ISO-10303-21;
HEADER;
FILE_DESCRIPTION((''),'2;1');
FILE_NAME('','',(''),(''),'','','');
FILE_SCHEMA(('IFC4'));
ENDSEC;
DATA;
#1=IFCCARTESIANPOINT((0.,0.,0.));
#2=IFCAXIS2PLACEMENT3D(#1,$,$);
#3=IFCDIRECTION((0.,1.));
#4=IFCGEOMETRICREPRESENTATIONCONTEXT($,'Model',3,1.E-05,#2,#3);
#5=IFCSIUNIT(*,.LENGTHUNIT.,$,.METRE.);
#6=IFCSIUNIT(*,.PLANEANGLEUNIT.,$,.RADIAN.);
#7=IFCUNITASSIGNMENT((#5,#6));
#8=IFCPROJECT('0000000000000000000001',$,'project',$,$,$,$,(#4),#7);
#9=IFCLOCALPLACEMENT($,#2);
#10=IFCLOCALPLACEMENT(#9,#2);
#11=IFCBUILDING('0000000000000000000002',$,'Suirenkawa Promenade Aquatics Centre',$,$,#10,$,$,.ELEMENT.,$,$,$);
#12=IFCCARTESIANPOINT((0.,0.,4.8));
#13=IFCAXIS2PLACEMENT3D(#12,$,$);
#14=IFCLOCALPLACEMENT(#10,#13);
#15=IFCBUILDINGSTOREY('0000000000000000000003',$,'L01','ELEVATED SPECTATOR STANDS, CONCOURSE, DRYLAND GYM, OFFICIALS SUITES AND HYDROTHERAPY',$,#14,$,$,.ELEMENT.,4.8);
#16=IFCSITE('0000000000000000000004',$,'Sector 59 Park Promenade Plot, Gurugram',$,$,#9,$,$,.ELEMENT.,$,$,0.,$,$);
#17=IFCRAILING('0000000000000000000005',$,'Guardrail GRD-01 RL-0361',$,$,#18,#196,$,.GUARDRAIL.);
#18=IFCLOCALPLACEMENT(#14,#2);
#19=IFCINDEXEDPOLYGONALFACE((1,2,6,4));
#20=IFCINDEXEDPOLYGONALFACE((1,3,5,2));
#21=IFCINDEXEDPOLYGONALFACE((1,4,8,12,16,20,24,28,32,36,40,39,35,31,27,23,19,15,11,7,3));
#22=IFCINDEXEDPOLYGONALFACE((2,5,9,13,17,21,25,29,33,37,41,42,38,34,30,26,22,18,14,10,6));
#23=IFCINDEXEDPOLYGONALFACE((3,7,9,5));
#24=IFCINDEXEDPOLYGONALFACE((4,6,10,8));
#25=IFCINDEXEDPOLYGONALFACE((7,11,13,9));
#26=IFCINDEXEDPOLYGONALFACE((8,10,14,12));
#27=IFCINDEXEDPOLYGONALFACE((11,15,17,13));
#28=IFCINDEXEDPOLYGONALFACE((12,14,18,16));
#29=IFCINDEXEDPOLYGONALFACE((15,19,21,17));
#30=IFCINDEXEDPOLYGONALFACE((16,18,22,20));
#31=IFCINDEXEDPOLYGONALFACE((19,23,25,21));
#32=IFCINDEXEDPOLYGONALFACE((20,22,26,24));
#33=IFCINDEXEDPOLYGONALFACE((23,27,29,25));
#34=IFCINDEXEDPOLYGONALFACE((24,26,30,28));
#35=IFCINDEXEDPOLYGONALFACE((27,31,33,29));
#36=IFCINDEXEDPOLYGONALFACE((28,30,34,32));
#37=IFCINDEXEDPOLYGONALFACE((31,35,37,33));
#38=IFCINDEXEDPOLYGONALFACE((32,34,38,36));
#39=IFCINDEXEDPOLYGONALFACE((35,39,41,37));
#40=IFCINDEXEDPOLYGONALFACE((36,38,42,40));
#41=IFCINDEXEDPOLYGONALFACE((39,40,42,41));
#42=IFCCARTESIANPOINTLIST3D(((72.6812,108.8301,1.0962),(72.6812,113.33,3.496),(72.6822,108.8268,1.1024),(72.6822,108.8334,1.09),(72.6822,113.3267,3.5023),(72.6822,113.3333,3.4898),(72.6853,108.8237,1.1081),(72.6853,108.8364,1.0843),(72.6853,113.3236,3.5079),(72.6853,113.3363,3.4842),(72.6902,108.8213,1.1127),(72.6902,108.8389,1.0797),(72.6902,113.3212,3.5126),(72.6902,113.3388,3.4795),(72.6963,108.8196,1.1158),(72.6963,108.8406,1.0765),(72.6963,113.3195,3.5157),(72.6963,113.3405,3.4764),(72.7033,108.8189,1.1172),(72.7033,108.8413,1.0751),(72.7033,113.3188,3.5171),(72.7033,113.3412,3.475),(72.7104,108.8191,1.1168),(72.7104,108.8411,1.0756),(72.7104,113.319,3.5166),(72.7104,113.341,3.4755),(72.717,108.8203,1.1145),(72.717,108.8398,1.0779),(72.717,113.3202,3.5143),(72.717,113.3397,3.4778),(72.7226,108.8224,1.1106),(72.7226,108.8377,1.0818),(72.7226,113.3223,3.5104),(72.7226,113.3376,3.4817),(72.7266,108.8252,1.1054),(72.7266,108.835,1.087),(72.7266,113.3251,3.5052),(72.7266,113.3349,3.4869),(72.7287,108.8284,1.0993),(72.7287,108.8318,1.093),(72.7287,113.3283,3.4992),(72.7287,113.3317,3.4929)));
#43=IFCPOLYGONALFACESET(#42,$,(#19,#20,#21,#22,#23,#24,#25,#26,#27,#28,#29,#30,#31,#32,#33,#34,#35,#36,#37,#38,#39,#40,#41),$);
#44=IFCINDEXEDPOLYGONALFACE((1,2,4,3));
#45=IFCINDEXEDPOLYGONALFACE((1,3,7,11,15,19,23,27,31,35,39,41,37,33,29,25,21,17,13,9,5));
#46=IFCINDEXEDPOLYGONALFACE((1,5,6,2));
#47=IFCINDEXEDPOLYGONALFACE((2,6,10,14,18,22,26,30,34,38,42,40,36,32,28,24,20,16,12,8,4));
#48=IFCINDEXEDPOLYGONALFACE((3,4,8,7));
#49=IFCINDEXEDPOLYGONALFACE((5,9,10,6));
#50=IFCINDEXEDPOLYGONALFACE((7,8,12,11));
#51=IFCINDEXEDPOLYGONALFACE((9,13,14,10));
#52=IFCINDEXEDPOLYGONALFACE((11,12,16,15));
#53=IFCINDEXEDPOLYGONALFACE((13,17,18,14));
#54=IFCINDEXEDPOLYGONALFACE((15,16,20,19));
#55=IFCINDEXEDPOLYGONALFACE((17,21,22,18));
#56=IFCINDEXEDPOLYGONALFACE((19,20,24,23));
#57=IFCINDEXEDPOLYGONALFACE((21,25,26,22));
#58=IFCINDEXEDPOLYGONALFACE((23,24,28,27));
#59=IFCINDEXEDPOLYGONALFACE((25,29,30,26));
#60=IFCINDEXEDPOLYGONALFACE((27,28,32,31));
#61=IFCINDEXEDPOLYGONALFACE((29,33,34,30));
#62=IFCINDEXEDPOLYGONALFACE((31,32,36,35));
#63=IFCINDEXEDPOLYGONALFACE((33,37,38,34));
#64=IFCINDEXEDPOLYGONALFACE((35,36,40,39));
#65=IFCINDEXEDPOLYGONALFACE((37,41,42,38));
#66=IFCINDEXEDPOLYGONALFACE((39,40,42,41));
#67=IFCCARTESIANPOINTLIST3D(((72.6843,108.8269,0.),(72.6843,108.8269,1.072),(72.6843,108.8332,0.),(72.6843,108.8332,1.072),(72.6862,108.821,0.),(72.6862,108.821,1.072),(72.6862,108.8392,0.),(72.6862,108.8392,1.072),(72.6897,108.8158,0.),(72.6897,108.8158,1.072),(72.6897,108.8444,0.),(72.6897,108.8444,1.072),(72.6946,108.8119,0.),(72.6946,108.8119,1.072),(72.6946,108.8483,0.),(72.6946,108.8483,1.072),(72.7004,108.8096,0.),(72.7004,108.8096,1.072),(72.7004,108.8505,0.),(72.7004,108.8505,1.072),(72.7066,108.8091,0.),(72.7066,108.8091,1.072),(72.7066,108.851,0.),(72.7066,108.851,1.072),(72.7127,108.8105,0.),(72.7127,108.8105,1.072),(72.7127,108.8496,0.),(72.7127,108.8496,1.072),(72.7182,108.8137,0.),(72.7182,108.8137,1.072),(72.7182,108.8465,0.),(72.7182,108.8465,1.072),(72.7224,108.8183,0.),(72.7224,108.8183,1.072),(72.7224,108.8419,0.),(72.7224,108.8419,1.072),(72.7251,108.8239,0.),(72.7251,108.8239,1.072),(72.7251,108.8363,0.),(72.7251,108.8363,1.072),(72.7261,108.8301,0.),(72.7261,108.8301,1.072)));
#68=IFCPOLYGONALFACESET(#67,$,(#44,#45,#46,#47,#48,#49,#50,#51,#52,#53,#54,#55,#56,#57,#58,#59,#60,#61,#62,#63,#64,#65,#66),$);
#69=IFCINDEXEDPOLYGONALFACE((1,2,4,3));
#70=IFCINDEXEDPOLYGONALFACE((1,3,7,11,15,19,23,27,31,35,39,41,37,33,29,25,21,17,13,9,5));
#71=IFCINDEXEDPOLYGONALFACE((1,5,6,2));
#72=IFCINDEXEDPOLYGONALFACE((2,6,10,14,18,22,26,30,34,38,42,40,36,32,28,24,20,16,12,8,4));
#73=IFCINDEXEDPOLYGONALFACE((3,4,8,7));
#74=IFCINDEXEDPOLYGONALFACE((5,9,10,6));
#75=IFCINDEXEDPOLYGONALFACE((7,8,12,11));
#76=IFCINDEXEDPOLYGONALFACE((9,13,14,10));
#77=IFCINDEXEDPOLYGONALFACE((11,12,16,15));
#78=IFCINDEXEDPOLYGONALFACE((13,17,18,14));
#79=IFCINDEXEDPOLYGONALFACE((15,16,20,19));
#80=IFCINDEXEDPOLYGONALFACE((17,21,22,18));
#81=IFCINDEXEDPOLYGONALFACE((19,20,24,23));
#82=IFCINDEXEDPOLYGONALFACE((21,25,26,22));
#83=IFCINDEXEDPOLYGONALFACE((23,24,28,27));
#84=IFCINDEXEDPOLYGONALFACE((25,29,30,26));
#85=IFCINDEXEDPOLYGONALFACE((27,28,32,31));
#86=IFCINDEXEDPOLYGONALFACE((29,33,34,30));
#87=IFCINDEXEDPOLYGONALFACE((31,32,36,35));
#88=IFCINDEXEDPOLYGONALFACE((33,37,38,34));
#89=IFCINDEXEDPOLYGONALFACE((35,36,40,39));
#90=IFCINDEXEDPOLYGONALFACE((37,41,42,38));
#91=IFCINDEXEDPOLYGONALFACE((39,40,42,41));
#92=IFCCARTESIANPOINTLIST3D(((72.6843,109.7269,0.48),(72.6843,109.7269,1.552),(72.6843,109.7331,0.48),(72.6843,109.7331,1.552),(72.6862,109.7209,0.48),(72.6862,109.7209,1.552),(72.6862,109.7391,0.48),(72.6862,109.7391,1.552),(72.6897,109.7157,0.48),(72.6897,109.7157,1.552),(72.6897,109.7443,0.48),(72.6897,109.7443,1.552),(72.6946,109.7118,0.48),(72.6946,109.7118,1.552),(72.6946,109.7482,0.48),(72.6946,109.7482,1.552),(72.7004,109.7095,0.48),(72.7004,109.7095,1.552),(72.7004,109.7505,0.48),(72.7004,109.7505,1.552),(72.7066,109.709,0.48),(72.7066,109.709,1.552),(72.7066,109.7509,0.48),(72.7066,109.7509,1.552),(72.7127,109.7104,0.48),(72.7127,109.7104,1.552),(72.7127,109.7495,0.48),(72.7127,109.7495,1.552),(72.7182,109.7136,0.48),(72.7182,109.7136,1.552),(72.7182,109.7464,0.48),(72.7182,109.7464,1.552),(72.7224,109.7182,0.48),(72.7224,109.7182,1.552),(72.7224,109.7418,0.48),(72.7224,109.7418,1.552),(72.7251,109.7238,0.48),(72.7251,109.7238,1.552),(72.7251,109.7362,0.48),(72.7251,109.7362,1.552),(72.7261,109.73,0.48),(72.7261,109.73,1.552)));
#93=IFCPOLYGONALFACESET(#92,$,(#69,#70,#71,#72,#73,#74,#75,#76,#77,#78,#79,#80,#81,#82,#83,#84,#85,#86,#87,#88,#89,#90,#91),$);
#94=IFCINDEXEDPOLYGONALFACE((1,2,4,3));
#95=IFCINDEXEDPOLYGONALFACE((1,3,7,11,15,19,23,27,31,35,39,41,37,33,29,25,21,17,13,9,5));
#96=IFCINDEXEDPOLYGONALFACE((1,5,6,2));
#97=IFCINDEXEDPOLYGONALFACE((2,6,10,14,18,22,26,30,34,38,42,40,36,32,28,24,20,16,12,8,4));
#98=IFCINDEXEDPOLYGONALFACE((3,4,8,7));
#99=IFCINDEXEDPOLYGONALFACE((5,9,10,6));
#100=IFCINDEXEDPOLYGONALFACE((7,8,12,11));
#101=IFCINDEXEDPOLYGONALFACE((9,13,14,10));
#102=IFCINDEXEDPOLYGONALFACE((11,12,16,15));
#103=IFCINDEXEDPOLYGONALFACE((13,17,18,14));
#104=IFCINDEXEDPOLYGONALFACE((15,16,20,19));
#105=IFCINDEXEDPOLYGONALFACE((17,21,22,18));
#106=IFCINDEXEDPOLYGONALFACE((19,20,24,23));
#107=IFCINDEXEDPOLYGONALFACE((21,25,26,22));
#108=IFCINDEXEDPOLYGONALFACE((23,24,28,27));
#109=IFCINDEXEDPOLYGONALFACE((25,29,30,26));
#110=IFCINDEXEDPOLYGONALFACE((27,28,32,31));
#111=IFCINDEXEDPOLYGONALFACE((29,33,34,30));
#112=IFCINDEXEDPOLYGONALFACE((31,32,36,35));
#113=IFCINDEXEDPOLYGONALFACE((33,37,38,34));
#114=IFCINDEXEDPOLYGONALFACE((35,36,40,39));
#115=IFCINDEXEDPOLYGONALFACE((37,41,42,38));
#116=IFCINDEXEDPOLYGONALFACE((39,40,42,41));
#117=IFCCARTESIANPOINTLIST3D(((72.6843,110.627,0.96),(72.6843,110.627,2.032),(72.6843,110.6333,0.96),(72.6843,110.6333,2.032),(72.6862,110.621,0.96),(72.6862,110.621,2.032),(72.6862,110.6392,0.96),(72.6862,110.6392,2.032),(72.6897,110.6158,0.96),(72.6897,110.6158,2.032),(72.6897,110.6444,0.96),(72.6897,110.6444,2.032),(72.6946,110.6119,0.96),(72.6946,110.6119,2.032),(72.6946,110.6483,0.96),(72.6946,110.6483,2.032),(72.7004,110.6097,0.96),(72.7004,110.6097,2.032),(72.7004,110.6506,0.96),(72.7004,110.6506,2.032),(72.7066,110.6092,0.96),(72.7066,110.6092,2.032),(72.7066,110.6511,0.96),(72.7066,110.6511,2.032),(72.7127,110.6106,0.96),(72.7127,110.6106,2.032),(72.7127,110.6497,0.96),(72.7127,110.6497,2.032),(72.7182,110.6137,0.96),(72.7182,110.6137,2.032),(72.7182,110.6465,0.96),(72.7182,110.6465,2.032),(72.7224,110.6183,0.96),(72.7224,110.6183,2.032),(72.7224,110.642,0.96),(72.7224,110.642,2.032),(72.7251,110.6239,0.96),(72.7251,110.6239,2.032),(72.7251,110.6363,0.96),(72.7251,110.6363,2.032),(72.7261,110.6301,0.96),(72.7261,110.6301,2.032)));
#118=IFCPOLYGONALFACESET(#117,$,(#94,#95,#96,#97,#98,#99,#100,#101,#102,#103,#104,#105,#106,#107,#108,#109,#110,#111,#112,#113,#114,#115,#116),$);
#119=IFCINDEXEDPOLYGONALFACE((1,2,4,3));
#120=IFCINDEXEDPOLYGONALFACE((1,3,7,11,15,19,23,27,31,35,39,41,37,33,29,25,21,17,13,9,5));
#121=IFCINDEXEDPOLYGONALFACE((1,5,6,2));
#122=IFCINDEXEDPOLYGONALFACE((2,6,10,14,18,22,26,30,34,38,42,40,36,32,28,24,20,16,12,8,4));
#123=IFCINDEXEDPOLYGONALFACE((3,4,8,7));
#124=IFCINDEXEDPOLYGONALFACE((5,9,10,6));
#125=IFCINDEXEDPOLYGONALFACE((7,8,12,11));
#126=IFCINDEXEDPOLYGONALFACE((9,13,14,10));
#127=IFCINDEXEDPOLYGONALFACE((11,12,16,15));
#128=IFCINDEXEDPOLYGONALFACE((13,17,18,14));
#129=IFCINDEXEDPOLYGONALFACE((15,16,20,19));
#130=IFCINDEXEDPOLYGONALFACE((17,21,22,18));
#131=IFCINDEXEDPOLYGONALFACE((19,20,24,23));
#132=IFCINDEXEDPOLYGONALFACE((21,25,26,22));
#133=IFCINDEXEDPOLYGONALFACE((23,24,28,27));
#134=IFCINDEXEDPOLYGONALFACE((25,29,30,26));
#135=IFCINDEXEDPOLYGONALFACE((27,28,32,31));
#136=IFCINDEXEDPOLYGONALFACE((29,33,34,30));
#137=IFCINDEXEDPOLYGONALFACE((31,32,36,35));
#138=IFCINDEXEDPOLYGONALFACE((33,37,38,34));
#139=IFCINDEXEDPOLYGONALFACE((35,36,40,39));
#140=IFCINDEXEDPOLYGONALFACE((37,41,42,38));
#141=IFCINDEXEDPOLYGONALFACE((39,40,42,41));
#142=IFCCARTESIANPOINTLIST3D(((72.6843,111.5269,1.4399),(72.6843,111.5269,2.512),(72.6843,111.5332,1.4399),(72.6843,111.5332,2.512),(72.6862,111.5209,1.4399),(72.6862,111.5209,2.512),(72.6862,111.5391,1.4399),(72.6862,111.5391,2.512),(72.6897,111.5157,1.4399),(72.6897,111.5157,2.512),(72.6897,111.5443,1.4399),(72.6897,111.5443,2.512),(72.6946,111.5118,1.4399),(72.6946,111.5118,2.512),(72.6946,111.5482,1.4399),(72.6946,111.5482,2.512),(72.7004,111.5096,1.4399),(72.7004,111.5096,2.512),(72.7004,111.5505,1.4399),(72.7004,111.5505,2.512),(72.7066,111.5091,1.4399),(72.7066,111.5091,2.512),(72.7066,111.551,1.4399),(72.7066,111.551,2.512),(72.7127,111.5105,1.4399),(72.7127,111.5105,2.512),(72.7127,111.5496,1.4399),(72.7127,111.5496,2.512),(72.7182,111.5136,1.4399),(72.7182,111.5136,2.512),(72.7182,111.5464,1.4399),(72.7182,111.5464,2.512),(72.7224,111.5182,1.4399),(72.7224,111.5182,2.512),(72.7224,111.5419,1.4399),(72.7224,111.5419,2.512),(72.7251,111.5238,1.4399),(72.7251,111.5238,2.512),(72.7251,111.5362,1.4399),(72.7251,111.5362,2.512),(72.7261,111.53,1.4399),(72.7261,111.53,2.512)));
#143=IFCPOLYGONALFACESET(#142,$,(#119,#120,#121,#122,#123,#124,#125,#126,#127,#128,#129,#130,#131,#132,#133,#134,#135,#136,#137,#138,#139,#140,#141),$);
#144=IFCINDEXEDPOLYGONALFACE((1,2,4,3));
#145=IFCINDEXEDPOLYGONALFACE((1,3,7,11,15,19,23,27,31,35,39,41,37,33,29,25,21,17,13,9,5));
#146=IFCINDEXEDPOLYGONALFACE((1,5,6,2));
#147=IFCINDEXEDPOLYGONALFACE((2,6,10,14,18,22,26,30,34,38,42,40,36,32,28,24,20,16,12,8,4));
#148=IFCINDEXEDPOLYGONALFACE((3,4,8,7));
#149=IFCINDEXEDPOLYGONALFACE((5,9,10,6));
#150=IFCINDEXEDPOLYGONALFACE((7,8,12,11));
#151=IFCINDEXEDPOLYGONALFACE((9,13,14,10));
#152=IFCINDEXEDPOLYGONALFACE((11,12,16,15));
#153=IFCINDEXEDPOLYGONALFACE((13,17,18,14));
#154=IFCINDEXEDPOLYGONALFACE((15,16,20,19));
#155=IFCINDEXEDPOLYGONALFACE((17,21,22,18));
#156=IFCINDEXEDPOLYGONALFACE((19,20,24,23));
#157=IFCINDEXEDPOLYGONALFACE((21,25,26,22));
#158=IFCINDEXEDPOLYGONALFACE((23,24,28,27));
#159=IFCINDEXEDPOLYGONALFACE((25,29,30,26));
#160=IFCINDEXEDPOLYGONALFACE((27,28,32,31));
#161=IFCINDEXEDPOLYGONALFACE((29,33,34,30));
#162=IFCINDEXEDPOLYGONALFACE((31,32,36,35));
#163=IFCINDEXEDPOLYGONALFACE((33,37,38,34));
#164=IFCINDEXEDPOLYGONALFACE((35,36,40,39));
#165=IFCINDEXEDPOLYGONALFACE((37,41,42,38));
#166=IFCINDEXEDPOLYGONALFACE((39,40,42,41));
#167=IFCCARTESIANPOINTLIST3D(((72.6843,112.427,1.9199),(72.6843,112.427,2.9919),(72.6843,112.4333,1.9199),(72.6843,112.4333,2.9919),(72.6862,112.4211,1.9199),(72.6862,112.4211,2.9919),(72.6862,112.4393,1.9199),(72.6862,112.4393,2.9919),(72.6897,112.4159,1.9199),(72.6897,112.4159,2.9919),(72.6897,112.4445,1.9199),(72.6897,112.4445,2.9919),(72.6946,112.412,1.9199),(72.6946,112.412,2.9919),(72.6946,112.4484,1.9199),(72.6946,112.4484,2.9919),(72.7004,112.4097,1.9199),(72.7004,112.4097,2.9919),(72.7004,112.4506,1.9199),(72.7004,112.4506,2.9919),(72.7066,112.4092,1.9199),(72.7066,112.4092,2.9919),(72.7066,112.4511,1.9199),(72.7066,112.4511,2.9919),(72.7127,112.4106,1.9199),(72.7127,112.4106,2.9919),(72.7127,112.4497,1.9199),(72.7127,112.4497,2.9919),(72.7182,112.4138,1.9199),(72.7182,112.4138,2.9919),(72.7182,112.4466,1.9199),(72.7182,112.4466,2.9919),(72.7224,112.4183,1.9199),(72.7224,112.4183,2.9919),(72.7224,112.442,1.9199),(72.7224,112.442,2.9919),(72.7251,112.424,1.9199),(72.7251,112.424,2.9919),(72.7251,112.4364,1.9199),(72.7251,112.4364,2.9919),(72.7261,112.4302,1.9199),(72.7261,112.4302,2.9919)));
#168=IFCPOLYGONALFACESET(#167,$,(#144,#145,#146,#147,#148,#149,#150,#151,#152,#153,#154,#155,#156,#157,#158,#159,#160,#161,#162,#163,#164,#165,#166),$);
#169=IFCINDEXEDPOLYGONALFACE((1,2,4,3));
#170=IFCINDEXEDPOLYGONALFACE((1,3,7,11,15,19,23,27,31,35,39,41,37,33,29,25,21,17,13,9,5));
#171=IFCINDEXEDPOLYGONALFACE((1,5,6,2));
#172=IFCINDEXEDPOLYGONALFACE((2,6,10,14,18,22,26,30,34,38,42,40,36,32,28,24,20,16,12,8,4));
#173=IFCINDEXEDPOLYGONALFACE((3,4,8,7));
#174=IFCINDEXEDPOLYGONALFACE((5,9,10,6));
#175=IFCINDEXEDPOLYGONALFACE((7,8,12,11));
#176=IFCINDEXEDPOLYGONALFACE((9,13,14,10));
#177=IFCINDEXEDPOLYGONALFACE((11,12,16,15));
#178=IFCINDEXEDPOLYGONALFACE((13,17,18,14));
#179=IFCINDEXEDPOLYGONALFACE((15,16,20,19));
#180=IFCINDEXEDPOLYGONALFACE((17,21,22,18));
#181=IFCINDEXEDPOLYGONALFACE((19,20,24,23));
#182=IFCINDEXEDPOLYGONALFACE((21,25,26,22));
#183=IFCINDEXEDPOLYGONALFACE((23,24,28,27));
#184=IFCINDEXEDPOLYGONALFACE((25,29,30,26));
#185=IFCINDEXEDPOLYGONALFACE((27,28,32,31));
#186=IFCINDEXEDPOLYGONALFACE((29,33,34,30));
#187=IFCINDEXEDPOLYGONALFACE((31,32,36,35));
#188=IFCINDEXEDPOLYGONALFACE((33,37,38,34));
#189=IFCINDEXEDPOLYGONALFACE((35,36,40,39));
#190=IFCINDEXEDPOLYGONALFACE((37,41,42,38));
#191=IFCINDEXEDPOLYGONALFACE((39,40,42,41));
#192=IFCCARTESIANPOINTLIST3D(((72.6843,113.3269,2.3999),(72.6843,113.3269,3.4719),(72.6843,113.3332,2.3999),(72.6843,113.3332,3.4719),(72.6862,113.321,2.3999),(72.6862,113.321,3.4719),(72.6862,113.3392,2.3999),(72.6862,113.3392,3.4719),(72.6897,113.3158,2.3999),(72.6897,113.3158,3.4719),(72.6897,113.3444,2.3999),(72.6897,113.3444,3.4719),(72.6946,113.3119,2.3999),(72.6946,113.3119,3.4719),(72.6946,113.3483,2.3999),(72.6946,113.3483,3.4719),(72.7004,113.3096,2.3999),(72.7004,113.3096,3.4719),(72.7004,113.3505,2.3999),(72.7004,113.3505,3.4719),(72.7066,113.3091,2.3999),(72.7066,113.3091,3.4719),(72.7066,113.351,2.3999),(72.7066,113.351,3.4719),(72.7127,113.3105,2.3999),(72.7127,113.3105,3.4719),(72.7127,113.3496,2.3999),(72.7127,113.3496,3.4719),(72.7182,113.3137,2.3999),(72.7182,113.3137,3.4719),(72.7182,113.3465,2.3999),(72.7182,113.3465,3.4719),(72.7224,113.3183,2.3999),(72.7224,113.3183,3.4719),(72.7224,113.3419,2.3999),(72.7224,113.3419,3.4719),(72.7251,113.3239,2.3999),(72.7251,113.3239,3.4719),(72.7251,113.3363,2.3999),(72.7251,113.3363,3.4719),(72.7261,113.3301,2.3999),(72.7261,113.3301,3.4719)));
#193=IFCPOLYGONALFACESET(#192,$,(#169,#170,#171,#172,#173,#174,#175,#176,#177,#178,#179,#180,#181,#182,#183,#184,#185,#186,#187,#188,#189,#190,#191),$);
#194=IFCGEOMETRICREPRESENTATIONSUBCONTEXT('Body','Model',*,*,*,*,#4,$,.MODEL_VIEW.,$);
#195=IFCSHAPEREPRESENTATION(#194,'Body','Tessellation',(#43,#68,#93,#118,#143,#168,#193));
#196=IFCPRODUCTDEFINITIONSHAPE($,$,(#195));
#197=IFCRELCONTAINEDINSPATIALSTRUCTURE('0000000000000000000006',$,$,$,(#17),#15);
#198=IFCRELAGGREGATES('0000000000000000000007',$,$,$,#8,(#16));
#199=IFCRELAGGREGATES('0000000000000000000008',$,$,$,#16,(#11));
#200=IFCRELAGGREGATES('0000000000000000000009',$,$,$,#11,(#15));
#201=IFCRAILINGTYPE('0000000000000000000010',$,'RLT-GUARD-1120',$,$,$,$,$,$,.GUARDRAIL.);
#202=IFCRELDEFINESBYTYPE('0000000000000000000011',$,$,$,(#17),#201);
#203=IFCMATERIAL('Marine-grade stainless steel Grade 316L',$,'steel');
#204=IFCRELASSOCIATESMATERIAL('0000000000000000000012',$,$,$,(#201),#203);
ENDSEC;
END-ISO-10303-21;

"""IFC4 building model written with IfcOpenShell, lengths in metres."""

from ifc_helpers import new_model, si_unit, direction, frame, origin, origin_2d, place, context, subcontext, project, spatial, circle, extrude, material, type_object, element, save


model = new_model("IFC4")

# Units and contexts
model_context = context("Model", 3, precision=1e-05, world=origin(), true_north=direction((0.0, 1.0)))
body_context = subcontext(model_context, "Body", "Model", "MODEL_VIEW")
ifc_project = project(units=[si_unit("LENGTHUNIT", "METRE"), si_unit("PLANEANGLEUNIT", "RADIAN")], contexts=[model_context])

# Site, building, storey
site_placement = place(None, origin())
site = spatial("IfcSite", under=ifc_project, at=site_placement, Name="Sector 59 Park Promenade Plot, Gurugram", CompositionType="ELEMENT", RefElevation=0.0)
building_placement = place(site_placement, origin())
building = spatial("IfcBuilding", under=site, at=building_placement, Name="Suirenkawa Promenade Aquatics Centre", CompositionType="ELEMENT")
storey_placement = place(building_placement, frame((0.0, 0.0, 4.8)))
storey = spatial("IfcBuildingStorey", under=building, at=storey_placement, Name="L01", Description="ELEVATED SPECTATOR STANDS, CONCOURSE, DRYLAND GYM, OFFICIALS SUITES AND HYDROTHERAPY", CompositionType="ELEMENT", Elevation=4.8)

# Shared definitions
ifc_material_1 = material(Name="Marine-grade stainless steel Grade 316L", Category="steel")

# Railing
railing_type_1 = type_object("IfcRailingType", Name="RLT-GUARD-1120", PredefinedType="GUARDRAIL", material=ifc_material_1)
railing_1_placement = place(storey_placement, frame((72.7051, 108.8301, 0.0)))
element("IfcRailing", 1, at=railing_1_placement, inside=storey, type_object=railing_type_1, Name="Guardrail GRD-01 RL-0361", PredefinedType="GUARDRAIL", context=body_context, shape_type="SweptSolid", body=[
    extrude(circle(Radius=0.0239, at=origin_2d()), frame((0.0, 0.0, 1.0962), z_axis=(0.0, 0.882361, 0.470573), x_axis=(-1.0, 0.0, 0.0)), (0.0, 0.0, 1.0), 5.0999),
    extrude(circle(Radius=0.021, at=origin_2d()), origin(), (0.0, 0.0, 1.0), 1.072),
    extrude(circle(Radius=0.021, at=origin_2d()), frame((0.0, 0.8999, 0.48)), (0.0, 0.0, 1.0), 1.072),
    extrude(circle(Radius=0.021, at=origin_2d()), frame((0.0, 1.8, 0.96)), (0.0, 0.0, 1.0), 1.072),
    extrude(circle(Radius=0.021, at=origin_2d()), frame((0.0, 2.7, 1.4399)), (0.0, 0.0, 1.0), 1.072),
    extrude(circle(Radius=0.021, at=origin_2d()), frame((0.0, 3.6001, 1.9199)), (0.0, 0.0, 1.0), 1.072),
    extrude(circle(Radius=0.021, at=origin_2d()), frame((0.0, 4.5, 2.3999)), (0.0, 0.0, 1.0), 1.072),
])

save(model, "model.ifc")
